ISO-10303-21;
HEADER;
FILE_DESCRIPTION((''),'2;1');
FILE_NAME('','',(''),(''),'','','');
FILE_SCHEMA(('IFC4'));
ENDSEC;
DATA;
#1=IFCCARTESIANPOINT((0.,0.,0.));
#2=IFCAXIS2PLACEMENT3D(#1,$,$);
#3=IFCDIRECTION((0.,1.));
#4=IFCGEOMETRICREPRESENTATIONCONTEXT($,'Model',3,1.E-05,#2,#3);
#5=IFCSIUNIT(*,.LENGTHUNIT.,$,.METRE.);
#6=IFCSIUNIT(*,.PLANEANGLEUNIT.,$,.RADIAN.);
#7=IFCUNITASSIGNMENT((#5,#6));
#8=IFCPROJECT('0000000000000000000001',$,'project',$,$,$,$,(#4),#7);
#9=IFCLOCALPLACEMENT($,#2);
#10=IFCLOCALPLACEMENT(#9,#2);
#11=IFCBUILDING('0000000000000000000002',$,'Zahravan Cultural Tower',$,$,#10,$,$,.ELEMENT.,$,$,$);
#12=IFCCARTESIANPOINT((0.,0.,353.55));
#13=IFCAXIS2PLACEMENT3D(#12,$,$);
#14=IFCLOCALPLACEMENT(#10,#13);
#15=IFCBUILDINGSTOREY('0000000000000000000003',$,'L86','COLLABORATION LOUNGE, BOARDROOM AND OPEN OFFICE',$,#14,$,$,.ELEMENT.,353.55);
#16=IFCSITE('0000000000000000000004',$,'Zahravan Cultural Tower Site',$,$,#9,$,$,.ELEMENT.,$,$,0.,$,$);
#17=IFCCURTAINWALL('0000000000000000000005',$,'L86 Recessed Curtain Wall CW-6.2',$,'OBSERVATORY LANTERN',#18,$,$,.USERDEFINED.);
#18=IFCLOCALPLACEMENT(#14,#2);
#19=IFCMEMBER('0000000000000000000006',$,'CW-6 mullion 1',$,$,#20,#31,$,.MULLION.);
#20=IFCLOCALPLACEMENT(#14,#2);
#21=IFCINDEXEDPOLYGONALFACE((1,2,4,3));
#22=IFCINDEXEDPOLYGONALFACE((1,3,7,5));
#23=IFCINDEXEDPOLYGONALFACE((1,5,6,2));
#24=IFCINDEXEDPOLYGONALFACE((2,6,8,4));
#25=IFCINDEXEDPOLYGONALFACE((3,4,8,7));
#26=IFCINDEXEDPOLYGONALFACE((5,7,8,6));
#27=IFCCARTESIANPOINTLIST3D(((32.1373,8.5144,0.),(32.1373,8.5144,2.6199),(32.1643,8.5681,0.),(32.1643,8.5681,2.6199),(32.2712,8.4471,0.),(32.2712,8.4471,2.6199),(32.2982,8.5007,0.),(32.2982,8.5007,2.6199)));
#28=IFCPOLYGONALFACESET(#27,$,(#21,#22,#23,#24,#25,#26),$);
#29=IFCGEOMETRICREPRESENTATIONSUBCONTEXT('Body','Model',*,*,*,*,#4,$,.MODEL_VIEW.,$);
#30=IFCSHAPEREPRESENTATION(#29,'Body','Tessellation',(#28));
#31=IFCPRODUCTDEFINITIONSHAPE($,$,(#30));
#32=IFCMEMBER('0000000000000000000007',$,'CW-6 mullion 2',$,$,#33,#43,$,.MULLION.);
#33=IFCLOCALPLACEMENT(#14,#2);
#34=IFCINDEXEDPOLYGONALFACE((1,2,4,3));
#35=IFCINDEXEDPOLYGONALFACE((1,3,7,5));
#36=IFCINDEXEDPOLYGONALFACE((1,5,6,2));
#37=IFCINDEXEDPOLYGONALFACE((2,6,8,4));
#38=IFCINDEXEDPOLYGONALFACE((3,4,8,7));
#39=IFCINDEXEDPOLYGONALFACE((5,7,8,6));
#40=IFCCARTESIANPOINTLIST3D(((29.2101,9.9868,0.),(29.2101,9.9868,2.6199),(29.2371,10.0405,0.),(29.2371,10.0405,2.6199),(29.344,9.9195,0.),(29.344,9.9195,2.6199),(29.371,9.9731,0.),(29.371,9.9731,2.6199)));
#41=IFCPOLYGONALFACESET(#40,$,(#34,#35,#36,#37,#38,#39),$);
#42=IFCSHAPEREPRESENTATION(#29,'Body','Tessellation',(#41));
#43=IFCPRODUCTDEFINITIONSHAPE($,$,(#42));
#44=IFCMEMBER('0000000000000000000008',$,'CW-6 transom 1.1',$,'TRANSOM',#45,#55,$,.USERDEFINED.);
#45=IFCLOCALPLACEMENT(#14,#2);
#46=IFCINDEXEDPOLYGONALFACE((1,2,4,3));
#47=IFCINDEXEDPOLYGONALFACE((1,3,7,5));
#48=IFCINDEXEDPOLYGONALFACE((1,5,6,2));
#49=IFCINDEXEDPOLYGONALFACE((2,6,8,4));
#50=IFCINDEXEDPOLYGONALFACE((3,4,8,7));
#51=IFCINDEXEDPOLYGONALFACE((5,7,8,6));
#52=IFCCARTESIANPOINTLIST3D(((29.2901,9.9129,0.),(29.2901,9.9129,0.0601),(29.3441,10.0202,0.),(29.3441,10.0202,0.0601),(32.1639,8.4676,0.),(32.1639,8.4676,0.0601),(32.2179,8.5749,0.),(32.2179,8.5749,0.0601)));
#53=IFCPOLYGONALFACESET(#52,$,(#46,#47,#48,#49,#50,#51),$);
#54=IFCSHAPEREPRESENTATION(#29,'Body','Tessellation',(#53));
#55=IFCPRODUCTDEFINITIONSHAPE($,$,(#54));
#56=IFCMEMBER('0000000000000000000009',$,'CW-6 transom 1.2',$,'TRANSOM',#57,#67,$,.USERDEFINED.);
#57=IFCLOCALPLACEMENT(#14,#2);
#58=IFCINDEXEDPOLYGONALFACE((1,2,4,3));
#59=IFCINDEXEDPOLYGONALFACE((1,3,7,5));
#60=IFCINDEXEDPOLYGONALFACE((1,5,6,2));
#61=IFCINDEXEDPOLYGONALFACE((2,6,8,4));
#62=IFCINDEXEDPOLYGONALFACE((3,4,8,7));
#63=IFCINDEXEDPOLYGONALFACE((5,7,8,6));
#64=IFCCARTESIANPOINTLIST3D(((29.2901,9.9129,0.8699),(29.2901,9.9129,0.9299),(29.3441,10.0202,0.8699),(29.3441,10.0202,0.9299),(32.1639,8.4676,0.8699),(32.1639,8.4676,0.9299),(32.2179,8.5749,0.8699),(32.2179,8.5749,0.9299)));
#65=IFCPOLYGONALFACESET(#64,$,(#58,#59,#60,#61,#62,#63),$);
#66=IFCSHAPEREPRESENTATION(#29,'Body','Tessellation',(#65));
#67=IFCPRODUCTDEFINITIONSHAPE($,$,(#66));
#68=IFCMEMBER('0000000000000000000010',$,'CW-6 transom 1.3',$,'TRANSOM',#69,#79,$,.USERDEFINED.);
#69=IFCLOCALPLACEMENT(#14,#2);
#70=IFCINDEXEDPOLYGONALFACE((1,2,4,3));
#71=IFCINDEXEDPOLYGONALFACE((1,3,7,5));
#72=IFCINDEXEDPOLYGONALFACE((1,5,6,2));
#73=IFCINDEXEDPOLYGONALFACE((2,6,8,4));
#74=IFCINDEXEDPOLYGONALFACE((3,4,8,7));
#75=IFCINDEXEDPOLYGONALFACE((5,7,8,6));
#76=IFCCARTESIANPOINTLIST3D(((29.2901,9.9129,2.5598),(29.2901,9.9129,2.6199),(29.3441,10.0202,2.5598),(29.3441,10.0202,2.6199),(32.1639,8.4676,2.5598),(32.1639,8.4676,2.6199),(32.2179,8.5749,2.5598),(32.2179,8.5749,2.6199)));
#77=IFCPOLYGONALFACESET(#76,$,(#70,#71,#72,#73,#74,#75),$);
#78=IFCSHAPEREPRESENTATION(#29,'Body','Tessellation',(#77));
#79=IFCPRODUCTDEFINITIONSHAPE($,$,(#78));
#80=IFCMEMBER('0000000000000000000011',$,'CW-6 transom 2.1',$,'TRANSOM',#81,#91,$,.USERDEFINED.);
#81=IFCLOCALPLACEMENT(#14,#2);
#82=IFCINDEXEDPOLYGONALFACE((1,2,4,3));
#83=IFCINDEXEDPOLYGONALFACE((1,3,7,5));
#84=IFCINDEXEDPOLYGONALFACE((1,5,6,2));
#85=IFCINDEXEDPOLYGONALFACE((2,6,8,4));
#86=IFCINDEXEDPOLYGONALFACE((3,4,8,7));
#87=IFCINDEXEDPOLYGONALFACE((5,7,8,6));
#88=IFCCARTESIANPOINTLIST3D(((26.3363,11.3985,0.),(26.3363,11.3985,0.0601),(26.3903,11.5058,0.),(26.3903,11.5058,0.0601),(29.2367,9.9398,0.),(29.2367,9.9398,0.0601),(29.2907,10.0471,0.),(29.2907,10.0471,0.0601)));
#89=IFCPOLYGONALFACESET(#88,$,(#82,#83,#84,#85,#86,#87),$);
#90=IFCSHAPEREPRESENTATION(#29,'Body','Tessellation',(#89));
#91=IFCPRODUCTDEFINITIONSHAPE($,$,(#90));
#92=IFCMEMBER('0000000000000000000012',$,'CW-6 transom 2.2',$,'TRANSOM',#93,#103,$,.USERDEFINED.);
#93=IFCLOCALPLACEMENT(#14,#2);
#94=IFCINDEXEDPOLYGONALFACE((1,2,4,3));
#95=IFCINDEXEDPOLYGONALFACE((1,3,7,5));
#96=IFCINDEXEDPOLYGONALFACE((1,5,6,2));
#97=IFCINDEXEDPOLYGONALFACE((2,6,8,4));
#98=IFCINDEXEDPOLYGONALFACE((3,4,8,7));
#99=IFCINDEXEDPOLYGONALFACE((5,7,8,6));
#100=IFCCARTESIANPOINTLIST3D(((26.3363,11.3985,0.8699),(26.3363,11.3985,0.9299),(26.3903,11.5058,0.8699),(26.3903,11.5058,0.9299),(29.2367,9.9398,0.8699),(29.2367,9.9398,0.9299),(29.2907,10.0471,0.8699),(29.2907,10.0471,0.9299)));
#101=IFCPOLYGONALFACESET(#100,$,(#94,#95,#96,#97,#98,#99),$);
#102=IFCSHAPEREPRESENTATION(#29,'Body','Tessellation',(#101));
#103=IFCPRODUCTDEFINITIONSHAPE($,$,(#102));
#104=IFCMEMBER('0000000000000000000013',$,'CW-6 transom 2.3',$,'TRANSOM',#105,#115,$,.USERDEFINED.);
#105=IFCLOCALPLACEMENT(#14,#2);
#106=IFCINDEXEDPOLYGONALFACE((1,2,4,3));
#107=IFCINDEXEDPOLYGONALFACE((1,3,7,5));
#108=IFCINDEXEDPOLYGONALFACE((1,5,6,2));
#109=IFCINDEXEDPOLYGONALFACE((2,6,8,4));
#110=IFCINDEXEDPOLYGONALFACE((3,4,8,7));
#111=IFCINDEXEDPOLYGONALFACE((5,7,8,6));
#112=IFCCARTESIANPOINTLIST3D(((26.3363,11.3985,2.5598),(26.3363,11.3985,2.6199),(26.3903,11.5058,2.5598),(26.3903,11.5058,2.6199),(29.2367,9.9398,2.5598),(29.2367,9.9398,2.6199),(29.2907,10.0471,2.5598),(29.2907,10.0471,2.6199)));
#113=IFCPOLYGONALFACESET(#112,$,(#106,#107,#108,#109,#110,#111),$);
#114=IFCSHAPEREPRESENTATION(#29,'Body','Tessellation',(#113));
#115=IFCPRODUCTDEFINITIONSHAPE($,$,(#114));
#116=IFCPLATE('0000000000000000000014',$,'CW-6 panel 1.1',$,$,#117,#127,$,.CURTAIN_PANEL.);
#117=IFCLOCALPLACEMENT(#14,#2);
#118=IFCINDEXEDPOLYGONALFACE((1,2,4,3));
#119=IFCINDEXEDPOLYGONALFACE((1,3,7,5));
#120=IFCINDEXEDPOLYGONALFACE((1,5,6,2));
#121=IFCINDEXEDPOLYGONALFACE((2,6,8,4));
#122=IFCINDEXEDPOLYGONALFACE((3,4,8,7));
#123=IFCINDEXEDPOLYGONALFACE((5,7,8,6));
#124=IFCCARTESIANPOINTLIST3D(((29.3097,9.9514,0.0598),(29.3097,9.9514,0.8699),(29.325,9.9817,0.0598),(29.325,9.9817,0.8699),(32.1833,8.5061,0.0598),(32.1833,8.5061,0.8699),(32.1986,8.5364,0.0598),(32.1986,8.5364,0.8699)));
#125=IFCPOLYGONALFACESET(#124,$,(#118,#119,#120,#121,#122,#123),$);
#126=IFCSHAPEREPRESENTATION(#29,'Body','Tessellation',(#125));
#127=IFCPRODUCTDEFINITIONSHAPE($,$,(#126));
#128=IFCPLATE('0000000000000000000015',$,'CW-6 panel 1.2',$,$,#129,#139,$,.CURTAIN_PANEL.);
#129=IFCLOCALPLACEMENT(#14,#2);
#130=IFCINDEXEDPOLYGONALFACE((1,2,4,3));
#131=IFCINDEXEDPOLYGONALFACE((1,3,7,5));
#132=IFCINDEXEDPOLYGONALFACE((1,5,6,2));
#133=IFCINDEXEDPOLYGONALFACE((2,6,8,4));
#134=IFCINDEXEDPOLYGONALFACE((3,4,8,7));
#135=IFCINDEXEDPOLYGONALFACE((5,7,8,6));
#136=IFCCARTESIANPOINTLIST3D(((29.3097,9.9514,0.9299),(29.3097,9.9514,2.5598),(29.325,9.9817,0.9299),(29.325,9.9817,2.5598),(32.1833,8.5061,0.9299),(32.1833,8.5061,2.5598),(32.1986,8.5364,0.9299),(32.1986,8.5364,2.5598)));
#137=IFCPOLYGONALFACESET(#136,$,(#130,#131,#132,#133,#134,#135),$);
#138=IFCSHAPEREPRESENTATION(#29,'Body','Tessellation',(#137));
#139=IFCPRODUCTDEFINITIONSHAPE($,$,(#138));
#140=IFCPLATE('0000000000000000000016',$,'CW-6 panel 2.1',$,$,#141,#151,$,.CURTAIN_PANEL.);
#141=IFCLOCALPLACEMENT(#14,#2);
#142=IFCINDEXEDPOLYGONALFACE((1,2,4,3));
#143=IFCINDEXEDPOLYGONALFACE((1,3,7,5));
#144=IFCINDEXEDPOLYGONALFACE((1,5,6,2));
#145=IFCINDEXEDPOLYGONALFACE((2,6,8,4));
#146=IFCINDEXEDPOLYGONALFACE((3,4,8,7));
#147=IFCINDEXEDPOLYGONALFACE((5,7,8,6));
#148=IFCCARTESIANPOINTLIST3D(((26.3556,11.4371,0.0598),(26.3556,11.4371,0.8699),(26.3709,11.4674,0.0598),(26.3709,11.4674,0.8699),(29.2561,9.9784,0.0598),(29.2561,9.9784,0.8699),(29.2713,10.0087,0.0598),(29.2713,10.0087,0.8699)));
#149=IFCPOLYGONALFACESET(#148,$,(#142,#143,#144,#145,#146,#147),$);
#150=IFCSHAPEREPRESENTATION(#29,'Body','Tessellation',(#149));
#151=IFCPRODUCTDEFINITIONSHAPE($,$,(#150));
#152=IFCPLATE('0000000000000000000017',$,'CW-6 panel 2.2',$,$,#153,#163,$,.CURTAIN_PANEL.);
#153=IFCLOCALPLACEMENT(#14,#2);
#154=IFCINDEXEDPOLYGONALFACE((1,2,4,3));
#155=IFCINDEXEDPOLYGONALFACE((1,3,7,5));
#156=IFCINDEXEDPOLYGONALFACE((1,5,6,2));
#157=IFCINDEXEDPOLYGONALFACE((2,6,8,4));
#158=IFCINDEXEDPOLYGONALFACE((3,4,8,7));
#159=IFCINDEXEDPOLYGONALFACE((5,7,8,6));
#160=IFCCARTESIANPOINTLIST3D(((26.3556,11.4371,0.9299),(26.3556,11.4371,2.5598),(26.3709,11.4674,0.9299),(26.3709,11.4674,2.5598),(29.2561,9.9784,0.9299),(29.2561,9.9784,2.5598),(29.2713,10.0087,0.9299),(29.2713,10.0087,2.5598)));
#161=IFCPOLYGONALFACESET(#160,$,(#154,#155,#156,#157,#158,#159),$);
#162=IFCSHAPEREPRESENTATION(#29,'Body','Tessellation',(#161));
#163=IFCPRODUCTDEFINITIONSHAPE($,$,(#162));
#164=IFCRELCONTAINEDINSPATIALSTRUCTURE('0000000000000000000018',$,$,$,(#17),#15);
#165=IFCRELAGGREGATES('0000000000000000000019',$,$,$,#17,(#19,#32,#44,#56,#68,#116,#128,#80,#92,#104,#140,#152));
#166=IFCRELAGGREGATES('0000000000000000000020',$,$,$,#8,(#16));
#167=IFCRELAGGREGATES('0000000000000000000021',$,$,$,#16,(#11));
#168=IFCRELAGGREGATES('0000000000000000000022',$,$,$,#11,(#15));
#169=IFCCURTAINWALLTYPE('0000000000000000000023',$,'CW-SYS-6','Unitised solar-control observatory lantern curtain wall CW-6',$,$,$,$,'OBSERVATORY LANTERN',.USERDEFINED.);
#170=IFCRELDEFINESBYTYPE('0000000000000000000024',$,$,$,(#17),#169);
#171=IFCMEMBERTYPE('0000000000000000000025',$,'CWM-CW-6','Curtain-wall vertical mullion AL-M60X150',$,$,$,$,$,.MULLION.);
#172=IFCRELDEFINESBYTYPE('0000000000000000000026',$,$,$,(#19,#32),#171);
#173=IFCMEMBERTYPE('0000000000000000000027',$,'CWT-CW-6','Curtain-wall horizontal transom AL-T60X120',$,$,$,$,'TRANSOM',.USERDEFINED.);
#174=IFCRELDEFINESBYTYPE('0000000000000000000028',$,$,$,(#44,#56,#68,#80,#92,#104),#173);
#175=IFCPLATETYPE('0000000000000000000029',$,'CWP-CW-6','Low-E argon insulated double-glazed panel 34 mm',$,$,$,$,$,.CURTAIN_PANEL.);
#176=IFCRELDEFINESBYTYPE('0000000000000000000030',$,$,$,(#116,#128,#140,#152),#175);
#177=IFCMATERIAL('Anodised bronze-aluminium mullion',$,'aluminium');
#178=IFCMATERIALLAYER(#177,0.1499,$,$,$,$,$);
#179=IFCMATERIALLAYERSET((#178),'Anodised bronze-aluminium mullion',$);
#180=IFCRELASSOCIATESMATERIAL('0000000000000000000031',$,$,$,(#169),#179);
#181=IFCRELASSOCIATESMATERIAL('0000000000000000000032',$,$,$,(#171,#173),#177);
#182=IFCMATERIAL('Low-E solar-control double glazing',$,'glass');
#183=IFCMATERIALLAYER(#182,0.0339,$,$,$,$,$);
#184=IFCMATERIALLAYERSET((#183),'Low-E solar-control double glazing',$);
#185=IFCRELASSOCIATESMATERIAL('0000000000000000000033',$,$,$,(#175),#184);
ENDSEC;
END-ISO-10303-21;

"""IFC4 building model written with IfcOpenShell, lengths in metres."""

from ifc_helpers import new_model, si_unit, direction, frame, origin, origin_2d, place, context, subcontext, project, spatial, rectangle, extrude, source, transform, mapped, material, layer, layer_set, material_profile, profile_set, type_object, element, aggregate, save


model = new_model("IFC4")

# Units and contexts
model_context = context("Model", 3, precision=1e-05, world=origin(), true_north=direction((0.0, 1.0)))
body_context = subcontext(model_context, "Body", "Model", "MODEL_VIEW")
ifc_project = project(units=[si_unit("LENGTHUNIT", "METRE"), si_unit("PLANEANGLEUNIT", "RADIAN")], contexts=[model_context])

# Site, building, storey
site_placement = place(None, origin())
site = spatial("IfcSite", under=ifc_project, at=site_placement, Name="Zahravan Cultural Tower Site", CompositionType="ELEMENT", RefElevation=0.0)
building_placement = place(site_placement, origin())
building = spatial("IfcBuilding", under=site, at=building_placement, Name="Zahravan Cultural Tower", CompositionType="ELEMENT")
storey_placement = place(building_placement, frame((0.0, 0.0, 353.55)))
storey = spatial("IfcBuildingStorey", under=building, at=storey_placement, Name="L86", Description="COLLABORATION LOUNGE, BOARDROOM AND OPEN OFFICE", CompositionType="ELEMENT", Elevation=353.55)

# Curtain wall, members, plates
ifc_material_1 = material(Name="Anodised bronze-aluminium mullion", Category="aluminium")
ifc_layer_1 = layer(ifc_material_1, 0.1499)
ifc_layer_set_1 = layer_set([ifc_layer_1], Name="Anodised bronze-aluminium mullion")
curtain_wall_type = type_object("IfcCurtainWallType", Name="CW-SYS-6", Description="Unitised solar-control observatory lantern curtain wall CW-6", ElementType="OBSERVATORY LANTERN", PredefinedType="USERDEFINED", material=ifc_layer_set_1)
curtain_wall_placement = place(storey_placement, origin())
curtain_wall = element("IfcCurtainWall", 1, at=curtain_wall_placement, inside=storey, type_object=curtain_wall_type, Name="L86 Recessed Curtain Wall CW-6.2", ObjectType="OBSERVATORY LANTERN", PredefinedType="USERDEFINED")
ifc_material_profile_1 = material_profile(ifc_material_1, rectangle(XDim=0.0601, YDim=0.1499, at=origin_2d()), Name="AL-M60X150")
ifc_profile_set_1 = profile_set([ifc_material_profile_1], Name="Anodised bronze-aluminium mullion")
member_type_1 = type_object("IfcMemberType", Name="CWM-CW-6", Description="Curtain-wall vertical mullion AL-M60X150", PredefinedType="MULLION", material=ifc_profile_set_1)
shared_shape_1 = source(origin(), body_context, "Body", "SweptSolid", [
    extrude(rectangle(XDim=0.0601, YDim=0.1499, at=origin_2d()), origin(), (0.0, 0.0, 1.0), 2.6199),
])
member_1_placement = place(storey_placement, frame((32.2178, 8.5076, 0.0), z_axis=(0.0, 0.0, 1.0), x_axis=(-0.449317, -0.893372, 0.0)))
member_1 = element("IfcMember", 2, at=member_1_placement, type_object=member_type_1, Name="CW-6 mullion 1", PredefinedType="MULLION", context=body_context, shape_type="MappedRepresentation", body=[
    mapped(shared_shape_1, transform((0.0, 0.0, 0.0), x_axis=(1.0, 0.0, 0.0), y_axis=(0.0, 1.0, 0.0), z_axis=(0.0, 0.0, 1.0), scale=1.0)),
])
member_2_placement = place(storey_placement, frame((29.2905, 9.98, 0.0), z_axis=(0.0, 0.0, 1.0), x_axis=(-0.449317, -0.893372, 0.0)))
member_2 = element("IfcMember", 3, at=member_2_placement, type_object=member_type_1, Name="CW-6 mullion 2", PredefinedType="MULLION", context=body_context, shape_type="MappedRepresentation", body=[
    mapped(shared_shape_1, transform((0.0, 0.0, 0.0), x_axis=(1.0, 0.0, 0.0), y_axis=(0.0, 1.0, 0.0), z_axis=(0.0, 0.0, 1.0), scale=1.0)),
])
ifc_material_profile_2 = material_profile(ifc_material_1, rectangle(XDim=0.1201, YDim=0.0601, at=origin_2d()), Name="AL-T60X120")
ifc_profile_set_2 = profile_set([ifc_material_profile_2], Name="Anodised bronze-aluminium mullion")
member_type_2 = type_object("IfcMemberType", Name="CWT-CW-6", Description="Curtain-wall horizontal transom AL-T60X120", ElementType="TRANSOM", PredefinedType="USERDEFINED", material=ifc_profile_set_2)
shared_shape_2 = source(origin(), body_context, "Body", "SweptSolid", [
    extrude(rectangle(XDim=0.1201, YDim=0.0601, at=origin_2d()), origin(), (0.0, 0.0, 1.0), 3.2168),
])
member_3_placement = place(storey_placement, frame((32.1909, 8.5212, 0.03), z_axis=(-0.893377, 0.449307, 0.0), x_axis=(-0.449307, -0.893377, 0.0)))
member_3 = element("IfcMember", 4, at=member_3_placement, type_object=member_type_2, Name="CW-6 transom 1.1", ObjectType="TRANSOM", PredefinedType="USERDEFINED", context=body_context, shape_type="MappedRepresentation", body=[
    mapped(shared_shape_2, transform((0.0, 0.0, 0.0), x_axis=(1.0, 0.0, 0.0), y_axis=(0.0, 1.0, 0.0), z_axis=(0.0, 0.0, 1.0), scale=1.0)),
])
member_4_placement = place(storey_placement, frame((32.1909, 8.5212, 0.8999), z_axis=(-0.893377, 0.449307, 0.0), x_axis=(-0.449307, -0.893377, 0.0)))
member_4 = element("IfcMember", 5, at=member_4_placement, type_object=member_type_2, Name="CW-6 transom 1.2", ObjectType="TRANSOM", PredefinedType="USERDEFINED", context=body_context, shape_type="MappedRepresentation", body=[
    mapped(shared_shape_2, transform((0.0, 0.0, 0.0), x_axis=(1.0, 0.0, 0.0), y_axis=(0.0, 1.0, 0.0), z_axis=(0.0, 0.0, 1.0), scale=1.0)),
])
member_5_placement = place(storey_placement, frame((32.1909, 8.5212, 2.5898), z_axis=(-0.893377, 0.449307, 0.0), x_axis=(-0.449307, -0.893377, 0.0)))
member_5 = element("IfcMember", 6, at=member_5_placement, type_object=member_type_2, Name="CW-6 transom 1.3", ObjectType="TRANSOM", PredefinedType="USERDEFINED", context=body_context, shape_type="MappedRepresentation", body=[
    mapped(shared_shape_2, transform((0.0, 0.0, 0.0), x_axis=(1.0, 0.0, 0.0), y_axis=(0.0, 1.0, 0.0), z_axis=(0.0, 0.0, 1.0), scale=1.0)),
])
shared_shape_3 = source(origin(), body_context, "Body", "SweptSolid", [
    extrude(rectangle(XDim=0.1201, YDim=0.0601, at=origin_2d()), origin(), (0.0, 0.0, 1.0), 3.2466),
])
member_6_placement = place(storey_placement, frame((29.2637, 9.9934, 0.03), z_axis=(-0.893372, 0.449318, 0.0), x_axis=(-0.449318, -0.893372, 0.0)))
member_6 = element("IfcMember", 7, at=member_6_placement, type_object=member_type_2, Name="CW-6 transom 2.1", ObjectType="TRANSOM", PredefinedType="USERDEFINED", context=body_context, shape_type="MappedRepresentation", body=[
    mapped(shared_shape_3, transform((0.0, 0.0, 0.0), x_axis=(1.0, 0.0, 0.0), y_axis=(0.0, 1.0, 0.0), z_axis=(0.0, 0.0, 1.0), scale=1.0)),
])
member_7_placement = place(storey_placement, frame((29.2637, 9.9934, 0.8999), z_axis=(-0.893372, 0.449318, 0.0), x_axis=(-0.449318, -0.893372, 0.0)))
member_7 = element("IfcMember", 8, at=member_7_placement, type_object=member_type_2, Name="CW-6 transom 2.2", ObjectType="TRANSOM", PredefinedType="USERDEFINED", context=body_context, shape_type="MappedRepresentation", body=[
    mapped(shared_shape_3, transform((0.0, 0.0, 0.0), x_axis=(1.0, 0.0, 0.0), y_axis=(0.0, 1.0, 0.0), z_axis=(0.0, 0.0, 1.0), scale=1.0)),
])
member_8_placement = place(storey_placement, frame((29.2637, 9.9934, 2.5898), z_axis=(-0.893372, 0.449318, 0.0), x_axis=(-0.449318, -0.893372, 0.0)))
member_8 = element("IfcMember", 9, at=member_8_placement, type_object=member_type_2, Name="CW-6 transom 2.3", ObjectType="TRANSOM", PredefinedType="USERDEFINED", context=body_context, shape_type="MappedRepresentation", body=[
    mapped(shared_shape_3, transform((0.0, 0.0, 0.0), x_axis=(1.0, 0.0, 0.0), y_axis=(0.0, 1.0, 0.0), z_axis=(0.0, 0.0, 1.0), scale=1.0)),
])
ifc_material_2 = material(Name="Low-E solar-control double glazing", Category="glass")
ifc_layer_2 = layer(ifc_material_2, 0.0339)
ifc_layer_set_2 = layer_set([ifc_layer_2], Name="Low-E solar-control double glazing")
plate_type = type_object("IfcPlateType", Name="CWP-CW-6", Description="Low-E argon insulated double-glazed panel 34 mm", PredefinedType="CURTAIN_PANEL", material=ifc_layer_set_2)
shared_shape_4 = source(origin(), body_context, "Body", "SweptSolid", [
    extrude(rectangle(XDim=3.2166, YDim=0.0339, at=origin_2d()), origin(), (0.0, 0.0, 1.0), 0.8101),
])
plate_1_placement = place(storey_placement, frame((30.7542, 9.2439, 0.0598), z_axis=(0.0, 0.0, 1.0), x_axis=(-0.893372, 0.449317, 0.0)))
plate_1 = element("IfcPlate", 10, at=plate_1_placement, type_object=plate_type, Name="CW-6 panel 1.1", PredefinedType="CURTAIN_PANEL", context=body_context, shape_type="MappedRepresentation", body=[
    mapped(shared_shape_4, transform((0.0, 0.0, 0.0), x_axis=(1.0, 0.0, 0.0), y_axis=(0.0, 1.0, 0.0), z_axis=(0.0, 0.0, 1.0), scale=1.0)),
])
shared_shape_5 = source(origin(), body_context, "Body", "SweptSolid", [
    extrude(rectangle(XDim=3.2166, YDim=0.0339, at=origin_2d()), origin(), (0.0, 0.0, 1.0), 1.6299),
])
plate_2_placement = place(storey_placement, frame((30.7542, 9.2439, 0.9299), z_axis=(0.0, 0.0, 1.0), x_axis=(-0.893372, 0.449317, 0.0)))
plate_2 = element("IfcPlate", 11, at=plate_2_placement, type_object=plate_type, Name="CW-6 panel 1.2", PredefinedType="CURTAIN_PANEL", context=body_context, shape_type="MappedRepresentation", body=[
    mapped(shared_shape_5, transform((0.0, 0.0, 0.0), x_axis=(1.0, 0.0, 0.0), y_axis=(0.0, 1.0, 0.0), z_axis=(0.0, 0.0, 1.0), scale=1.0)),
])
shared_shape_6 = source(origin(), body_context, "Body", "SweptSolid", [
    extrude(rectangle(XDim=3.2466, YDim=0.0339, at=origin_2d()), origin(), (0.0, 0.0, 1.0), 0.8101),
])
plate_3_placement = place(storey_placement, frame((27.8135, 10.7229, 0.0598), z_axis=(0.0, 0.0, 1.0), x_axis=(-0.893372, 0.449317, 0.0)))
plate_3 = element("IfcPlate", 12, at=plate_3_placement, type_object=plate_type, Name="CW-6 panel 2.1", PredefinedType="CURTAIN_PANEL", context=body_context, shape_type="MappedRepresentation", body=[
    mapped(shared_shape_6, transform((0.0, 0.0, 0.0), x_axis=(1.0, 0.0, 0.0), y_axis=(0.0, 1.0, 0.0), z_axis=(0.0, 0.0, 1.0), scale=1.0)),
])
shared_shape_7 = source(origin(), body_context, "Body", "SweptSolid", [
    extrude(rectangle(XDim=3.2466, YDim=0.0339, at=origin_2d()), origin(), (0.0, 0.0, 1.0), 1.6299),
])
plate_4_placement = place(storey_placement, frame((27.8135, 10.7229, 0.9299), z_axis=(0.0, 0.0, 1.0), x_axis=(-0.893372, 0.449317, 0.0)))
plate_4 = element("IfcPlate", 13, at=plate_4_placement, type_object=plate_type, Name="CW-6 panel 2.2", PredefinedType="CURTAIN_PANEL", context=body_context, shape_type="MappedRepresentation", body=[
    mapped(shared_shape_7, transform((0.0, 0.0, 0.0), x_axis=(1.0, 0.0, 0.0), y_axis=(0.0, 1.0, 0.0), z_axis=(0.0, 0.0, 1.0), scale=1.0)),
])
aggregate(curtain_wall, [member_1, member_2, member_3, member_4, member_5, plate_1, plate_2, member_6, member_7, member_8, plate_3, plate_4])

save(model, "model.ifc")
